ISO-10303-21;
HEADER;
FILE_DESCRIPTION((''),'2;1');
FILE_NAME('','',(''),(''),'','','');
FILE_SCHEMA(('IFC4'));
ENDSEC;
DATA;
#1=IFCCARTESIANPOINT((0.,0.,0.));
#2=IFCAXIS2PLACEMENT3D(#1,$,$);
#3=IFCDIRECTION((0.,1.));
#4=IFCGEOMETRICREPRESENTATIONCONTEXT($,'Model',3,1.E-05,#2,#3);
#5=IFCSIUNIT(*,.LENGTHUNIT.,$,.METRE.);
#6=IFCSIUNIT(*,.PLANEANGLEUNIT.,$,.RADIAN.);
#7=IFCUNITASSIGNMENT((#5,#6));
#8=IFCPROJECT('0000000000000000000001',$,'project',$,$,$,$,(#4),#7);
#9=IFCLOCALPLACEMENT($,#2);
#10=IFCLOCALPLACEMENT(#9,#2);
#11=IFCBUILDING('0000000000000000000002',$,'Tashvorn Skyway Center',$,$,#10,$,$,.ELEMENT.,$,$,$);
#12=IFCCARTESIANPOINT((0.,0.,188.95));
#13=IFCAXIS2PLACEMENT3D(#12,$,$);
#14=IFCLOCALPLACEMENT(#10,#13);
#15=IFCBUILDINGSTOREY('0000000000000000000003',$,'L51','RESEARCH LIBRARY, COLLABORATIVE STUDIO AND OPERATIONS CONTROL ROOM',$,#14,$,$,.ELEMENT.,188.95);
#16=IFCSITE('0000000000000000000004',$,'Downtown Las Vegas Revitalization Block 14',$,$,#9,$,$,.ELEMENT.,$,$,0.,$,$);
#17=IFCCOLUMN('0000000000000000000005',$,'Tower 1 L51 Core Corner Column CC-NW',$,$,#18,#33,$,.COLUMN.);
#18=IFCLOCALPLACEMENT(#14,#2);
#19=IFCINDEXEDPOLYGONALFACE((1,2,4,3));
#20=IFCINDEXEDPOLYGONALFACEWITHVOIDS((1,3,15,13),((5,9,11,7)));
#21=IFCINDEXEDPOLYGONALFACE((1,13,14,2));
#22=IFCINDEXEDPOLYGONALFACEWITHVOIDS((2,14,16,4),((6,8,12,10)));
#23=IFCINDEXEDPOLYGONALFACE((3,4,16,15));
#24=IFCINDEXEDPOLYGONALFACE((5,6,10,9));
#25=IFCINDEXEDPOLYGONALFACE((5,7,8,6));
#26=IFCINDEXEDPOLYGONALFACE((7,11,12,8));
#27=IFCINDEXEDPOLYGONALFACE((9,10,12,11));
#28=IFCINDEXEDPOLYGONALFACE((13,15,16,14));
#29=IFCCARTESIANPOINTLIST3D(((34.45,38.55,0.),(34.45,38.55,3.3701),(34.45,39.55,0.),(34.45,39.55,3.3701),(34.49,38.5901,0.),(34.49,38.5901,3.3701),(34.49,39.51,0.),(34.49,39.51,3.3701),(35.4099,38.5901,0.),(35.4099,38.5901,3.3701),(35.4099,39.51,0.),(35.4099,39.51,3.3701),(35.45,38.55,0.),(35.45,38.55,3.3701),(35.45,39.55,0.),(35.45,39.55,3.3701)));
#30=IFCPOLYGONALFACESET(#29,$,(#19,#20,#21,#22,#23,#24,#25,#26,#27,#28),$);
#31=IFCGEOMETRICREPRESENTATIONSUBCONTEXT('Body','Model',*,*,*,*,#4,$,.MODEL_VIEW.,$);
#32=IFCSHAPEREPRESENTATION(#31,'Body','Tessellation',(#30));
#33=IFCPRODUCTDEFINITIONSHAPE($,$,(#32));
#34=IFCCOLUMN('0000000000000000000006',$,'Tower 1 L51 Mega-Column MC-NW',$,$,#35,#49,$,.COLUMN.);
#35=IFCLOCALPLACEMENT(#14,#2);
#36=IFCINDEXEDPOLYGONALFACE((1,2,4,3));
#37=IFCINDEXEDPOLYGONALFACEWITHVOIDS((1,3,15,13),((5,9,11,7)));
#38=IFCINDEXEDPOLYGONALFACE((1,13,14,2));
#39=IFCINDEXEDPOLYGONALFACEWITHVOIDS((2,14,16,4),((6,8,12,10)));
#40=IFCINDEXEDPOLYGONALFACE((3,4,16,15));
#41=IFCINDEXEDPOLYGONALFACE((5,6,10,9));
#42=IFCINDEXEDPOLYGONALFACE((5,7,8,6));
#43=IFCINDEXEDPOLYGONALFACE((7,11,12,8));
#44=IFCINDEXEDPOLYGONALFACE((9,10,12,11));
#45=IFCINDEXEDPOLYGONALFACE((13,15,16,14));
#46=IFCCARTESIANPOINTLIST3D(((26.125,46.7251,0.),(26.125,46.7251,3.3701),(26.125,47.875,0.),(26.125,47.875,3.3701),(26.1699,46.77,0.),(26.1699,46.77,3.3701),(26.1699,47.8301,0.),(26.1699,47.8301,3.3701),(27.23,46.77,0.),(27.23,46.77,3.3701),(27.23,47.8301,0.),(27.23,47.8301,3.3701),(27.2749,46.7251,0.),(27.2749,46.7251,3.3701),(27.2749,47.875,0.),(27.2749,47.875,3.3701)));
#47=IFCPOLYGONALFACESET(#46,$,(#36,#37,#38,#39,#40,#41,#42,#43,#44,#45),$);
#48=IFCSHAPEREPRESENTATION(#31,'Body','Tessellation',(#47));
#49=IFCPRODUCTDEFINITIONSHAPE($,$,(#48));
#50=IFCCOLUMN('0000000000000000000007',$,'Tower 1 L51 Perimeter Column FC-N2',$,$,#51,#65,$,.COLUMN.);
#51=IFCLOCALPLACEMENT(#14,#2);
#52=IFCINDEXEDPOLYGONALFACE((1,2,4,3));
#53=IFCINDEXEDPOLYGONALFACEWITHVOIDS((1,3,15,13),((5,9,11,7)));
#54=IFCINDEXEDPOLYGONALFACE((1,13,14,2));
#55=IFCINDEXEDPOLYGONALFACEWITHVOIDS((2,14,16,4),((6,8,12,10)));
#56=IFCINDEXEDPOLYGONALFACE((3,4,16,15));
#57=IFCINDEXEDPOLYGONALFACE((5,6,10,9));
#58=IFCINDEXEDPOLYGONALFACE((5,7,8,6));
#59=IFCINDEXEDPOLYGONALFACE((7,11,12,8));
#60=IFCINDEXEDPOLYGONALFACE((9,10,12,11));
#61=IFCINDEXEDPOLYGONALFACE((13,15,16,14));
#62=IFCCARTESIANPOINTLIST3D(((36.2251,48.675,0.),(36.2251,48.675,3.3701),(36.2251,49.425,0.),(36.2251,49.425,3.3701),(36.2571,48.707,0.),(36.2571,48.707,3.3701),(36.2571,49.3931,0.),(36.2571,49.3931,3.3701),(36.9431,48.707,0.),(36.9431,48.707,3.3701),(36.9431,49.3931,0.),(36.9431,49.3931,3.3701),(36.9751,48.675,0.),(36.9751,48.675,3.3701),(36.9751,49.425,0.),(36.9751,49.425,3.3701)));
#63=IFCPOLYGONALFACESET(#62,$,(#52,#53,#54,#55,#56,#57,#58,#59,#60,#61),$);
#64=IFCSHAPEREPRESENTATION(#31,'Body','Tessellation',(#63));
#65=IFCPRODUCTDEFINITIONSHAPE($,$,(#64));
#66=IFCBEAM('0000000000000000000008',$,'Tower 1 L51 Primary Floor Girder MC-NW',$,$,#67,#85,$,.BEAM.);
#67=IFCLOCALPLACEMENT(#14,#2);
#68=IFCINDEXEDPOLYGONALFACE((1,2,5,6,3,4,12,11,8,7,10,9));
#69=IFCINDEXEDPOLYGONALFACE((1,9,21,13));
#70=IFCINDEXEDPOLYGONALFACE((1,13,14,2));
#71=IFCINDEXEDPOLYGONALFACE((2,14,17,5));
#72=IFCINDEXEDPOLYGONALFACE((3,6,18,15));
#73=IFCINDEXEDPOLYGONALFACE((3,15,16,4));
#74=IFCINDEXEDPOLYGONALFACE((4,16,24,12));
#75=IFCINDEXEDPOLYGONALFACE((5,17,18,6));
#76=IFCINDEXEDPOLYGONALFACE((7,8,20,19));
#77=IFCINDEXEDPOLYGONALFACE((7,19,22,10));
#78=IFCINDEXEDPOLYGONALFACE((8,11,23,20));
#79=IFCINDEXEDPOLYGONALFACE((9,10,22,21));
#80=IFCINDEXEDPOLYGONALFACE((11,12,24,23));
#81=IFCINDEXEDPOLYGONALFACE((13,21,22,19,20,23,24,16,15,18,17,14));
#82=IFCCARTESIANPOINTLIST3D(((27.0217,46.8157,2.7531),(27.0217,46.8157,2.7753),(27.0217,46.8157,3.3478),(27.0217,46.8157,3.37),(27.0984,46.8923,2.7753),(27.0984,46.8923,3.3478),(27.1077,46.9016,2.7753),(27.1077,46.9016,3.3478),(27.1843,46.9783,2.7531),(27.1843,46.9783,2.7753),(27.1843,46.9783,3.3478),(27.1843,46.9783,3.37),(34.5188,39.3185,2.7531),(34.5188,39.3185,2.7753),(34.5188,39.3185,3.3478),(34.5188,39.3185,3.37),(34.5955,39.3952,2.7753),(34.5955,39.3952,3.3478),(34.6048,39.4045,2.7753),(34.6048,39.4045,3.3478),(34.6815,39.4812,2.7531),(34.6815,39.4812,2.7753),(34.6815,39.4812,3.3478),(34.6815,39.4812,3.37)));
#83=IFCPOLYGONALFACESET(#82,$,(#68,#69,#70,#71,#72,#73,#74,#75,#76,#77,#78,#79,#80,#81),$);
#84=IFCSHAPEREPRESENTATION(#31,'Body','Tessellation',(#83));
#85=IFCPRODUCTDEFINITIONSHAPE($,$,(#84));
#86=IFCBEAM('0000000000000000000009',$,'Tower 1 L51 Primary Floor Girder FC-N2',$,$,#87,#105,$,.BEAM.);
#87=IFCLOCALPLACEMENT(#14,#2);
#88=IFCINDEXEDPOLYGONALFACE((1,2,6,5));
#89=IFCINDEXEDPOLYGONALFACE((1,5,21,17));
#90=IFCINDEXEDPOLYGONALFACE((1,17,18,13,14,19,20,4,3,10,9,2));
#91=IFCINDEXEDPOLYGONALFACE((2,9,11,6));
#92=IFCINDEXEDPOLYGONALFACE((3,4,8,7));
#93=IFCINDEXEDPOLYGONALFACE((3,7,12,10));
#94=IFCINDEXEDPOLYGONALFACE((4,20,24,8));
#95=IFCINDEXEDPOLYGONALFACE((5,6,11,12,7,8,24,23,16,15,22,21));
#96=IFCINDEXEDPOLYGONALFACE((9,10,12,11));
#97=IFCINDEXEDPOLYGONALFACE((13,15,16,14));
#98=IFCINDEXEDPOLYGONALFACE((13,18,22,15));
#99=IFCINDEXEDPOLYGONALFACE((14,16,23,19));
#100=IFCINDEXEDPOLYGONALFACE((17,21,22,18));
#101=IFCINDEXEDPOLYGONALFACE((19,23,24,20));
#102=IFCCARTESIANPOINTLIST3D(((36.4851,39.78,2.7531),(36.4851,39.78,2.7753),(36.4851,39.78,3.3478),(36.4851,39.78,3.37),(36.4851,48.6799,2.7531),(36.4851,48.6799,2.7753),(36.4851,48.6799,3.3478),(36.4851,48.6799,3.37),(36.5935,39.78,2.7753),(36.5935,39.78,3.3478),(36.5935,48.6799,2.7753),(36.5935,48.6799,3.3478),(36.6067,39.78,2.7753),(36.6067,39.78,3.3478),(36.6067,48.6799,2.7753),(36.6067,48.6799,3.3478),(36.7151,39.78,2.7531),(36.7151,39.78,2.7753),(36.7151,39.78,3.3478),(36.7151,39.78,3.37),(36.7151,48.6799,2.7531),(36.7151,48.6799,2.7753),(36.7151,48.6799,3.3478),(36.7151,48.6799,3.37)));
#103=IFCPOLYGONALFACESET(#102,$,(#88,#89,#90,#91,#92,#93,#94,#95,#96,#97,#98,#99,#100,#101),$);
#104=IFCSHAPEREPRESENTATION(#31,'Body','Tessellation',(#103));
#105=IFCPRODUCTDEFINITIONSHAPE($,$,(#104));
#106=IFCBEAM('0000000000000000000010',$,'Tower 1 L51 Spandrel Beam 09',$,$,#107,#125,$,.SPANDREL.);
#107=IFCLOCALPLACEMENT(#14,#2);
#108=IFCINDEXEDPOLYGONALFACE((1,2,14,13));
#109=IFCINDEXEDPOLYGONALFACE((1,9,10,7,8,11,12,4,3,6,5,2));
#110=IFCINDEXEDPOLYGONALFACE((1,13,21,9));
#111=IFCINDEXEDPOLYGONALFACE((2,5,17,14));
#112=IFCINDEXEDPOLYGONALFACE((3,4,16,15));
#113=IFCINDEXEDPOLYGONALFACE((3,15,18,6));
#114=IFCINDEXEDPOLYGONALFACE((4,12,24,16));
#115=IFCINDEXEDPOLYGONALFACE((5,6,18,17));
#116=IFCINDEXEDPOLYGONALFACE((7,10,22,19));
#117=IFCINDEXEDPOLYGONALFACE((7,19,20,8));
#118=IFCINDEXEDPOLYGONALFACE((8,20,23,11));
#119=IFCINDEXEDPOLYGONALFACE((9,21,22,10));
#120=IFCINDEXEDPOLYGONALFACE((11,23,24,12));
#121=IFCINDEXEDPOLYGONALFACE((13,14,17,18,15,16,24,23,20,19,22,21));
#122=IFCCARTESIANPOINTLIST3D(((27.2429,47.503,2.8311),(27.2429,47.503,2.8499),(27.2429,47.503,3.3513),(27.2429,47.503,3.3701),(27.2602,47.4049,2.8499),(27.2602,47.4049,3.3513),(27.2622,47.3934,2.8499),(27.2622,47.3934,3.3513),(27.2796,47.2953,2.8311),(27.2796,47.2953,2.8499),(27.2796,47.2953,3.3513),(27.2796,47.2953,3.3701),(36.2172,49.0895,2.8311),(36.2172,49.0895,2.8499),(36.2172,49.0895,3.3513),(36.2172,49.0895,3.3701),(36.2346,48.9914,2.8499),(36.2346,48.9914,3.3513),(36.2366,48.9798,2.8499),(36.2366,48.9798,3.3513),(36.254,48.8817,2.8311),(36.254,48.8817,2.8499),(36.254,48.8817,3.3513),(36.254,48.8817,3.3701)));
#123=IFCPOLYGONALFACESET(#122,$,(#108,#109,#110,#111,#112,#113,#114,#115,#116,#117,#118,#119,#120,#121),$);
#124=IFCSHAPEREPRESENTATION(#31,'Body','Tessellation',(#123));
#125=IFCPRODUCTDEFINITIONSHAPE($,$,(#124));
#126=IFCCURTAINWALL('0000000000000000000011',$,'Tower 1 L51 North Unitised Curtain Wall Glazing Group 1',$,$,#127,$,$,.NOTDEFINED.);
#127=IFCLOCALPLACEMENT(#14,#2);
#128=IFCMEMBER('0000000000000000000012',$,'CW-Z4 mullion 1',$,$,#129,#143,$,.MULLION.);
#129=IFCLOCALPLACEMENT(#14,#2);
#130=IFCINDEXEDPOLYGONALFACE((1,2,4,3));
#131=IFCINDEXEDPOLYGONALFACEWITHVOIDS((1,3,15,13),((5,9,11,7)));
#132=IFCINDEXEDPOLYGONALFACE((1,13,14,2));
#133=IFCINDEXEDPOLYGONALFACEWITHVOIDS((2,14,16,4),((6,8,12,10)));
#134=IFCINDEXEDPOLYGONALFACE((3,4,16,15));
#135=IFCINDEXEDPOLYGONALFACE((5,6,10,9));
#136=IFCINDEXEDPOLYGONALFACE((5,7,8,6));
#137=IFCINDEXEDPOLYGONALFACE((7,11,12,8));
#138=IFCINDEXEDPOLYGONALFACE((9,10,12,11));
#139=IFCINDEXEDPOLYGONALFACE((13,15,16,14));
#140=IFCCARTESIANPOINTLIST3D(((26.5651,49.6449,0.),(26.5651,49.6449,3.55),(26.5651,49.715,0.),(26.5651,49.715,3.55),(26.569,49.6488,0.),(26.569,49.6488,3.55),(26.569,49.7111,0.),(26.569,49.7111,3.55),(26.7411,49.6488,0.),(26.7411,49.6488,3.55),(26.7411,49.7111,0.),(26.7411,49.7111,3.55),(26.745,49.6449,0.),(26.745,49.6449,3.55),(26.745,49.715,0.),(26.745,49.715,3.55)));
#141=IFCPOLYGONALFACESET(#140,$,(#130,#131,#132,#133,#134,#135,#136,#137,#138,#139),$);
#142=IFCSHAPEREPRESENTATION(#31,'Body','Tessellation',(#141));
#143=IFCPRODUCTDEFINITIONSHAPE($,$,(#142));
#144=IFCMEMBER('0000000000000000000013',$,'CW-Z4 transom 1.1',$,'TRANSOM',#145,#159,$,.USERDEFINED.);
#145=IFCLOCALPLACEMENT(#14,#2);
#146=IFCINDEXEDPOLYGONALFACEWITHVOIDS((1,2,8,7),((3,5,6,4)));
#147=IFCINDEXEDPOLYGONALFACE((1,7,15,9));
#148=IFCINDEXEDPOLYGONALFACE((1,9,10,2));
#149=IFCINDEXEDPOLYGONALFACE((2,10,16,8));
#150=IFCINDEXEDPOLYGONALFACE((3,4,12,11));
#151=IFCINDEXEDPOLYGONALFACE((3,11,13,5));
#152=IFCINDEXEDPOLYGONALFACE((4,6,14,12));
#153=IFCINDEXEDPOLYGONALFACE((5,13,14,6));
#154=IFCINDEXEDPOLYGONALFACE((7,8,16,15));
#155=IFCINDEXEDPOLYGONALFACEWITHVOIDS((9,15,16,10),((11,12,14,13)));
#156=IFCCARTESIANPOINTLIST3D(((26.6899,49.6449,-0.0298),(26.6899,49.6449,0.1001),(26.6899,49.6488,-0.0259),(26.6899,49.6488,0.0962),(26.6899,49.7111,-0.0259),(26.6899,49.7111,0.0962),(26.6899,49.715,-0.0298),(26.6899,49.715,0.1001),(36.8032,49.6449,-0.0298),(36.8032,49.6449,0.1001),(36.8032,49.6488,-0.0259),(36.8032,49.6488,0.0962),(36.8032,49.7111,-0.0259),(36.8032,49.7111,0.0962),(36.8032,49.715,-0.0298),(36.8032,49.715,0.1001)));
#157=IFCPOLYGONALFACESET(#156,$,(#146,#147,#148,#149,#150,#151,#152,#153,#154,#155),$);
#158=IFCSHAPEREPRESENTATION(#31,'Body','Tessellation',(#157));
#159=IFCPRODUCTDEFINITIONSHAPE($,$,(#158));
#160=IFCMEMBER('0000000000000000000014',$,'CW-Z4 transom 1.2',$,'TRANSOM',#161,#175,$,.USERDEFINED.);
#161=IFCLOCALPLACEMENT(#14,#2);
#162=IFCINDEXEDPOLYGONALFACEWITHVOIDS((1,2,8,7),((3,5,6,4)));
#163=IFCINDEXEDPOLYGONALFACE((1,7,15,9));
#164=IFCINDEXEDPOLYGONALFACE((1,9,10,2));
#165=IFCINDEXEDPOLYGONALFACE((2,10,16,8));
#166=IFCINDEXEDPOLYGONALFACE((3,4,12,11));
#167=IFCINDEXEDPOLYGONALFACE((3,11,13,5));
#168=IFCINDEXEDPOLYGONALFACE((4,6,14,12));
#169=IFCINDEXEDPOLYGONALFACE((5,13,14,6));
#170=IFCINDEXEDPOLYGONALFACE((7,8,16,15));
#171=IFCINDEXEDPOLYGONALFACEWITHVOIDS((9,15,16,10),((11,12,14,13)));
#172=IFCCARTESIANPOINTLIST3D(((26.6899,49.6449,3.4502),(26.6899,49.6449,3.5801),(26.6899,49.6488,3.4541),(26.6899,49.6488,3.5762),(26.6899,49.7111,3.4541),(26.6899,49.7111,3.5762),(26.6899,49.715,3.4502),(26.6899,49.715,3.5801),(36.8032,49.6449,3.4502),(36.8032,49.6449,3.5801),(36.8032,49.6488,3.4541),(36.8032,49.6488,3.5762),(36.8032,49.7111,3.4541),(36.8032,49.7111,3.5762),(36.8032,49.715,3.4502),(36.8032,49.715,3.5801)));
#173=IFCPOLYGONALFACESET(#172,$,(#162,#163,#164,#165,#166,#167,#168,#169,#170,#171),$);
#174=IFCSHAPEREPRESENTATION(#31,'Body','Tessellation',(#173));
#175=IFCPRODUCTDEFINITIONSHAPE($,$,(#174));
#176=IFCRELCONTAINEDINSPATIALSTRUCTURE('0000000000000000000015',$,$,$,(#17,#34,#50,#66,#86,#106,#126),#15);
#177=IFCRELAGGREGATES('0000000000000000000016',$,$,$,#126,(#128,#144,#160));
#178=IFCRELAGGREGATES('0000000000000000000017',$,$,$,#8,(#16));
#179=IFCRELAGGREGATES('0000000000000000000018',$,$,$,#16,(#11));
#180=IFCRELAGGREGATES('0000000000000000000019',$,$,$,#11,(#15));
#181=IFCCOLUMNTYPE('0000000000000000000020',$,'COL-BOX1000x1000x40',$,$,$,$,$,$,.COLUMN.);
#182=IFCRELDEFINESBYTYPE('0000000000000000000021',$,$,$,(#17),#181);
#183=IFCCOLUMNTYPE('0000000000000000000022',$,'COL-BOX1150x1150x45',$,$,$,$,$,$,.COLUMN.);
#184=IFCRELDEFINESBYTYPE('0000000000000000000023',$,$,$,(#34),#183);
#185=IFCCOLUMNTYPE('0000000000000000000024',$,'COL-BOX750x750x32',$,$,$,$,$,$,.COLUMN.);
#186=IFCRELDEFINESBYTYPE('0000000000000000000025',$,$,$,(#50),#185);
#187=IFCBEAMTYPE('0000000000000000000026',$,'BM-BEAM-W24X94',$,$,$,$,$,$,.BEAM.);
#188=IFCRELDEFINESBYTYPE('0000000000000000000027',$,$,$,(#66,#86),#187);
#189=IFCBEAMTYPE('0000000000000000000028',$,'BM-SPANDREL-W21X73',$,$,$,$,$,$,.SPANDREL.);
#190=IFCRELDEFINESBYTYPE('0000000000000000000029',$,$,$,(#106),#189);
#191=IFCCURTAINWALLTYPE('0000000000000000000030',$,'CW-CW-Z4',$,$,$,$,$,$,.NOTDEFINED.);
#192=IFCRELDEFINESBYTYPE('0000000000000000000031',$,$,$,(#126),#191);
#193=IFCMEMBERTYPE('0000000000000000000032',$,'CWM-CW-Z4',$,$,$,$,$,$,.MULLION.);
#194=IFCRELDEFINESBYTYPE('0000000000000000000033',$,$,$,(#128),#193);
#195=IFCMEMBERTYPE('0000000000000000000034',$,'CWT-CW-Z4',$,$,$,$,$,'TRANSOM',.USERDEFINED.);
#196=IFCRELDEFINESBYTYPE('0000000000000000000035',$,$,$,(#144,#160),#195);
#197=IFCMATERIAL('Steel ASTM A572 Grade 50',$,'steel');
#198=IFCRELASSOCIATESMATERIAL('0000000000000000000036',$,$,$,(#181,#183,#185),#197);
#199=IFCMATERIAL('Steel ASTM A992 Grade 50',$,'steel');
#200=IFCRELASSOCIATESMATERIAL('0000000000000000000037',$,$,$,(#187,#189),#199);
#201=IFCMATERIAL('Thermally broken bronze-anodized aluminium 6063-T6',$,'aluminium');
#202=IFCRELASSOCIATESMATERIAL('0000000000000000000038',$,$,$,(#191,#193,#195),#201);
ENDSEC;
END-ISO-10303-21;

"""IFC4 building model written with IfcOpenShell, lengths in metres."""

from ifc_helpers import new_model, si_unit, direction, frame, origin, origin_2d, place, context, subcontext, project, spatial, hollow_rectangle, i_section, extrude, material, material_profile, profile_set, type_object, element, aggregate, save


model = new_model("IFC4")

# Units and contexts
model_context = context("Model", 3, precision=1e-05, world=origin(), true_north=direction((0.0, 1.0)))
body_context = subcontext(model_context, "Body", "Model", "MODEL_VIEW")
ifc_project = project(units=[si_unit("LENGTHUNIT", "METRE"), si_unit("PLANEANGLEUNIT", "RADIAN")], contexts=[model_context])

# Site, building, storey
site_placement = place(None, origin())
site = spatial("IfcSite", under=ifc_project, at=site_placement, Name="Downtown Las Vegas Revitalization Block 14", CompositionType="ELEMENT", RefElevation=0.0)
building_placement = place(site_placement, origin())
building = spatial("IfcBuilding", under=site, at=building_placement, Name="Tashvorn Skyway Center", CompositionType="ELEMENT")
storey_placement = place(building_placement, frame((0.0, 0.0, 188.95)))
storey = spatial("IfcBuildingStorey", under=building, at=storey_placement, Name="L51", Description="RESEARCH LIBRARY, COLLABORATIVE STUDIO AND OPERATIONS CONTROL ROOM", CompositionType="ELEMENT", Elevation=188.95)

# Columns
ifc_material_1 = material(Name="Steel ASTM A572 Grade 50", Category="steel")
ifc_material_profile_1 = material_profile(ifc_material_1, hollow_rectangle(XDim=1.0, YDim=1.0, WallThickness=0.04, at=origin_2d()), Name="BOX1000x1000x40")
ifc_profile_set_1 = profile_set([ifc_material_profile_1], Name="Steel ASTM A572 Grade 50")
column_type_1 = type_object("IfcColumnType", Name="COL-BOX1000x1000x40", PredefinedType="COLUMN", material=ifc_profile_set_1)
column_1_placement = place(storey_placement, frame((34.95, 39.05, 0.0), z_axis=(0.0, 0.0, 1.0), x_axis=(1.0, 0.0, 0.0)))
element("IfcColumn", 1, at=column_1_placement, inside=storey, type_object=column_type_1, Name="Tower 1 L51 Core Corner Column CC-NW", PredefinedType="COLUMN", context=body_context, shape_type="SweptSolid", body=[
    extrude(hollow_rectangle(XDim=1.0, YDim=1.0, WallThickness=0.04, at=origin_2d()), origin(), (0.0, 0.0, 1.0), 3.3701),
])
ifc_material_profile_2 = material_profile(ifc_material_1, hollow_rectangle(XDim=1.1499, YDim=1.1499, WallThickness=0.0449, at=origin_2d()), Name="BOX1150x1150x45")
ifc_profile_set_2 = profile_set([ifc_material_profile_2], Name="Steel ASTM A572 Grade 50")
column_type_2 = type_object("IfcColumnType", Name="COL-BOX1150x1150x45", PredefinedType="COLUMN", material=ifc_profile_set_2)
column_2_placement = place(storey_placement, frame((26.7, 47.3, 0.0), z_axis=(0.0, 0.0, 1.0), x_axis=(1.0, 0.0, 0.0)))
element("IfcColumn", 2, at=column_2_placement, inside=storey, type_object=column_type_2, Name="Tower 1 L51 Mega-Column MC-NW", PredefinedType="COLUMN", context=body_context, shape_type="SweptSolid", body=[
    extrude(hollow_rectangle(XDim=1.1499, YDim=1.1499, WallThickness=0.0449, at=origin_2d()), origin(), (0.0, 0.0, 1.0), 3.3701),
])
ifc_material_profile_3 = material_profile(ifc_material_1, hollow_rectangle(XDim=0.75, YDim=0.75, WallThickness=0.032, at=origin_2d()), Name="BOX750x750x32")
ifc_profile_set_3 = profile_set([ifc_material_profile_3], Name="Steel ASTM A572 Grade 50")
column_type_3 = type_object("IfcColumnType", Name="COL-BOX750x750x32", PredefinedType="COLUMN", material=ifc_profile_set_3)
column_3_placement = place(storey_placement, frame((36.6001, 49.05, 0.0), z_axis=(0.0, 0.0, 1.0), x_axis=(1.0, 0.0, 0.0)))
element("IfcColumn", 3, at=column_3_placement, inside=storey, type_object=column_type_3, Name="Tower 1 L51 Perimeter Column FC-N2", PredefinedType="COLUMN", context=body_context, shape_type="SweptSolid", body=[
    extrude(hollow_rectangle(XDim=0.75, YDim=0.75, WallThickness=0.032, at=origin_2d()), origin(), (0.0, 0.0, 1.0), 3.3701),
])

# Beams
ifc_material_2 = material(Name="Steel ASTM A992 Grade 50", Category="steel")
ifc_material_profile_4 = material_profile(ifc_material_2, i_section(OverallWidth=0.23, OverallDepth=0.6169, WebThickness=0.0132, FlangeThickness=0.0222, at=origin_2d()), Name="W24X94")
ifc_profile_set_4 = profile_set([ifc_material_profile_4], Name="Steel ASTM A992 Grade 50")
beam_type_1 = type_object("IfcBeamType", Name="BM-BEAM-W24X94", PredefinedType="BEAM", material=ifc_profile_set_4)
beam_1_placement = place(storey_placement, frame((27.103, 46.897, 3.0615), z_axis=(0.707107, -0.707107, 0.0), x_axis=(0.707107, 0.707107, 0.0)))
element("IfcBeam", 4, at=beam_1_placement, inside=storey, type_object=beam_type_1, Name="Tower 1 L51 Primary Floor Girder MC-NW", PredefinedType="BEAM", context=body_context, shape_type="SweptSolid", body=[
    extrude(i_section(OverallWidth=0.23, OverallDepth=0.6169, WebThickness=0.0132, FlangeThickness=0.0222, at=origin_2d()), origin(), (0.0, 0.0, 1.0), 10.6025),
])
beam_2_placement = place(storey_placement, frame((36.6001, 48.6799, 3.0615), z_axis=(0.0, -1.0, 0.0), x_axis=(1.0, 0.0, 0.0)))
element("IfcBeam", 5, at=beam_2_placement, inside=storey, type_object=beam_type_1, Name="Tower 1 L51 Primary Floor Girder FC-N2", PredefinedType="BEAM", context=body_context, shape_type="SweptSolid", body=[
    extrude(i_section(OverallWidth=0.23, OverallDepth=0.6169, WebThickness=0.0132, FlangeThickness=0.0222, at=origin_2d()), origin(), (0.0, 0.0, 1.0), 8.8999),
])
ifc_material_profile_5 = material_profile(ifc_material_2, i_section(OverallWidth=0.2109, OverallDepth=0.5391, WebThickness=0.0117, FlangeThickness=0.0188, at=origin_2d()), Name="W21X73")
ifc_profile_set_5 = profile_set([ifc_material_profile_5], Name="Steel ASTM A992 Grade 50")
beam_type_2 = type_object("IfcBeamType", Name="BM-SPANDREL-W21X73", PredefinedType="SPANDREL", material=ifc_profile_set_5)
beam_3_placement = place(storey_placement, frame((36.2356, 48.9856, 3.1006), z_axis=(-0.984733, -0.174074, 0.0), x_axis=(0.174074, -0.984733, 0.0)))
element("IfcBeam", 6, at=beam_3_placement, inside=storey, type_object=beam_type_2, Name="Tower 1 L51 Spandrel Beam 09", PredefinedType="SPANDREL", context=body_context, shape_type="SweptSolid", body=[
    extrude(i_section(OverallWidth=0.2109, OverallDepth=0.5391, WebThickness=0.0117, FlangeThickness=0.0188, at=origin_2d()), origin(), (0.0, 0.0, 1.0), 9.1135),
])

# Curtain wall, members
ifc_material_3 = material(Name="Thermally broken bronze-anodized aluminium 6063-T6", Category="aluminium")
curtain_wall_type = type_object("IfcCurtainWallType", Name="CW-CW-Z4", PredefinedType="NOTDEFINED", material=ifc_material_3)
curtain_wall_placement = place(storey_placement, origin())
curtain_wall = element("IfcCurtainWall", 7, at=curtain_wall_placement, inside=storey, type_object=curtain_wall_type, Name="Tower 1 L51 North Unitised Curtain Wall Glazing Group 1", PredefinedType="NOTDEFINED")
ifc_material_profile_6 = material_profile(ifc_material_3, hollow_rectangle(XDim=0.0701, YDim=0.1799, WallThickness=0.0039, at=origin_2d()), Name="ALU-MULL-70x180")
ifc_profile_set_6 = profile_set([ifc_material_profile_6], Name="Thermally broken bronze-anodized aluminium 6063-T6")
member_type_1 = type_object("IfcMemberType", Name="CWM-CW-Z4", PredefinedType="MULLION", material=ifc_profile_set_6)
member_1_placement = place(storey_placement, frame((26.655, 49.6799, 0.0), z_axis=(0.0, 0.0, 1.0), x_axis=(0.0, 1.0, 0.0)))
member_1 = element("IfcMember", 8, at=member_1_placement, type_object=member_type_1, Name="CW-Z4 mullion 1", PredefinedType="MULLION", context=body_context, shape_type="SweptSolid", body=[
    extrude(hollow_rectangle(XDim=0.0701, YDim=0.1799, WallThickness=0.0039, at=origin_2d()), origin(), (0.0, 0.0, 1.0), 3.55),
])
ifc_material_profile_7 = material_profile(ifc_material_3, hollow_rectangle(XDim=0.0701, YDim=0.1299, WallThickness=0.0039, at=origin_2d()), Name="ALU-TRAN-70x130")
ifc_profile_set_7 = profile_set([ifc_material_profile_7], Name="Thermally broken bronze-anodized aluminium 6063-T6")
member_type_2 = type_object("IfcMemberType", Name="CWT-CW-Z4", ElementType="TRANSOM", PredefinedType="USERDEFINED", material=ifc_profile_set_7)
member_2_placement = place(storey_placement, frame((26.6899, 49.6799, 0.0352), z_axis=(1.0, 0.0, 0.0), x_axis=(0.0, 1.0, 0.0)))
member_2 = element("IfcMember", 9, at=member_2_placement, type_object=member_type_2, Name="CW-Z4 transom 1.1", ObjectType="TRANSOM", PredefinedType="USERDEFINED", context=body_context, shape_type="SweptSolid", body=[
    extrude(hollow_rectangle(XDim=0.0701, YDim=0.1299, WallThickness=0.0039, at=origin_2d()), origin(), (0.0, 0.0, 1.0), 10.1133),
])
member_3_placement = place(storey_placement, frame((26.6899, 49.6799, 3.5151), z_axis=(1.0, 0.0, 0.0), x_axis=(0.0, 1.0, 0.0)))
member_3 = element("IfcMember", 10, at=member_3_placement, type_object=member_type_2, Name="CW-Z4 transom 1.2", ObjectType="TRANSOM", PredefinedType="USERDEFINED", context=body_context, shape_type="SweptSolid", body=[
    extrude(hollow_rectangle(XDim=0.0701, YDim=0.1299, WallThickness=0.0039, at=origin_2d()), origin(), (0.0, 0.0, 1.0), 10.1133),
])
aggregate(curtain_wall, [member_1, member_2, member_3])

save(model, "model.ifc")
